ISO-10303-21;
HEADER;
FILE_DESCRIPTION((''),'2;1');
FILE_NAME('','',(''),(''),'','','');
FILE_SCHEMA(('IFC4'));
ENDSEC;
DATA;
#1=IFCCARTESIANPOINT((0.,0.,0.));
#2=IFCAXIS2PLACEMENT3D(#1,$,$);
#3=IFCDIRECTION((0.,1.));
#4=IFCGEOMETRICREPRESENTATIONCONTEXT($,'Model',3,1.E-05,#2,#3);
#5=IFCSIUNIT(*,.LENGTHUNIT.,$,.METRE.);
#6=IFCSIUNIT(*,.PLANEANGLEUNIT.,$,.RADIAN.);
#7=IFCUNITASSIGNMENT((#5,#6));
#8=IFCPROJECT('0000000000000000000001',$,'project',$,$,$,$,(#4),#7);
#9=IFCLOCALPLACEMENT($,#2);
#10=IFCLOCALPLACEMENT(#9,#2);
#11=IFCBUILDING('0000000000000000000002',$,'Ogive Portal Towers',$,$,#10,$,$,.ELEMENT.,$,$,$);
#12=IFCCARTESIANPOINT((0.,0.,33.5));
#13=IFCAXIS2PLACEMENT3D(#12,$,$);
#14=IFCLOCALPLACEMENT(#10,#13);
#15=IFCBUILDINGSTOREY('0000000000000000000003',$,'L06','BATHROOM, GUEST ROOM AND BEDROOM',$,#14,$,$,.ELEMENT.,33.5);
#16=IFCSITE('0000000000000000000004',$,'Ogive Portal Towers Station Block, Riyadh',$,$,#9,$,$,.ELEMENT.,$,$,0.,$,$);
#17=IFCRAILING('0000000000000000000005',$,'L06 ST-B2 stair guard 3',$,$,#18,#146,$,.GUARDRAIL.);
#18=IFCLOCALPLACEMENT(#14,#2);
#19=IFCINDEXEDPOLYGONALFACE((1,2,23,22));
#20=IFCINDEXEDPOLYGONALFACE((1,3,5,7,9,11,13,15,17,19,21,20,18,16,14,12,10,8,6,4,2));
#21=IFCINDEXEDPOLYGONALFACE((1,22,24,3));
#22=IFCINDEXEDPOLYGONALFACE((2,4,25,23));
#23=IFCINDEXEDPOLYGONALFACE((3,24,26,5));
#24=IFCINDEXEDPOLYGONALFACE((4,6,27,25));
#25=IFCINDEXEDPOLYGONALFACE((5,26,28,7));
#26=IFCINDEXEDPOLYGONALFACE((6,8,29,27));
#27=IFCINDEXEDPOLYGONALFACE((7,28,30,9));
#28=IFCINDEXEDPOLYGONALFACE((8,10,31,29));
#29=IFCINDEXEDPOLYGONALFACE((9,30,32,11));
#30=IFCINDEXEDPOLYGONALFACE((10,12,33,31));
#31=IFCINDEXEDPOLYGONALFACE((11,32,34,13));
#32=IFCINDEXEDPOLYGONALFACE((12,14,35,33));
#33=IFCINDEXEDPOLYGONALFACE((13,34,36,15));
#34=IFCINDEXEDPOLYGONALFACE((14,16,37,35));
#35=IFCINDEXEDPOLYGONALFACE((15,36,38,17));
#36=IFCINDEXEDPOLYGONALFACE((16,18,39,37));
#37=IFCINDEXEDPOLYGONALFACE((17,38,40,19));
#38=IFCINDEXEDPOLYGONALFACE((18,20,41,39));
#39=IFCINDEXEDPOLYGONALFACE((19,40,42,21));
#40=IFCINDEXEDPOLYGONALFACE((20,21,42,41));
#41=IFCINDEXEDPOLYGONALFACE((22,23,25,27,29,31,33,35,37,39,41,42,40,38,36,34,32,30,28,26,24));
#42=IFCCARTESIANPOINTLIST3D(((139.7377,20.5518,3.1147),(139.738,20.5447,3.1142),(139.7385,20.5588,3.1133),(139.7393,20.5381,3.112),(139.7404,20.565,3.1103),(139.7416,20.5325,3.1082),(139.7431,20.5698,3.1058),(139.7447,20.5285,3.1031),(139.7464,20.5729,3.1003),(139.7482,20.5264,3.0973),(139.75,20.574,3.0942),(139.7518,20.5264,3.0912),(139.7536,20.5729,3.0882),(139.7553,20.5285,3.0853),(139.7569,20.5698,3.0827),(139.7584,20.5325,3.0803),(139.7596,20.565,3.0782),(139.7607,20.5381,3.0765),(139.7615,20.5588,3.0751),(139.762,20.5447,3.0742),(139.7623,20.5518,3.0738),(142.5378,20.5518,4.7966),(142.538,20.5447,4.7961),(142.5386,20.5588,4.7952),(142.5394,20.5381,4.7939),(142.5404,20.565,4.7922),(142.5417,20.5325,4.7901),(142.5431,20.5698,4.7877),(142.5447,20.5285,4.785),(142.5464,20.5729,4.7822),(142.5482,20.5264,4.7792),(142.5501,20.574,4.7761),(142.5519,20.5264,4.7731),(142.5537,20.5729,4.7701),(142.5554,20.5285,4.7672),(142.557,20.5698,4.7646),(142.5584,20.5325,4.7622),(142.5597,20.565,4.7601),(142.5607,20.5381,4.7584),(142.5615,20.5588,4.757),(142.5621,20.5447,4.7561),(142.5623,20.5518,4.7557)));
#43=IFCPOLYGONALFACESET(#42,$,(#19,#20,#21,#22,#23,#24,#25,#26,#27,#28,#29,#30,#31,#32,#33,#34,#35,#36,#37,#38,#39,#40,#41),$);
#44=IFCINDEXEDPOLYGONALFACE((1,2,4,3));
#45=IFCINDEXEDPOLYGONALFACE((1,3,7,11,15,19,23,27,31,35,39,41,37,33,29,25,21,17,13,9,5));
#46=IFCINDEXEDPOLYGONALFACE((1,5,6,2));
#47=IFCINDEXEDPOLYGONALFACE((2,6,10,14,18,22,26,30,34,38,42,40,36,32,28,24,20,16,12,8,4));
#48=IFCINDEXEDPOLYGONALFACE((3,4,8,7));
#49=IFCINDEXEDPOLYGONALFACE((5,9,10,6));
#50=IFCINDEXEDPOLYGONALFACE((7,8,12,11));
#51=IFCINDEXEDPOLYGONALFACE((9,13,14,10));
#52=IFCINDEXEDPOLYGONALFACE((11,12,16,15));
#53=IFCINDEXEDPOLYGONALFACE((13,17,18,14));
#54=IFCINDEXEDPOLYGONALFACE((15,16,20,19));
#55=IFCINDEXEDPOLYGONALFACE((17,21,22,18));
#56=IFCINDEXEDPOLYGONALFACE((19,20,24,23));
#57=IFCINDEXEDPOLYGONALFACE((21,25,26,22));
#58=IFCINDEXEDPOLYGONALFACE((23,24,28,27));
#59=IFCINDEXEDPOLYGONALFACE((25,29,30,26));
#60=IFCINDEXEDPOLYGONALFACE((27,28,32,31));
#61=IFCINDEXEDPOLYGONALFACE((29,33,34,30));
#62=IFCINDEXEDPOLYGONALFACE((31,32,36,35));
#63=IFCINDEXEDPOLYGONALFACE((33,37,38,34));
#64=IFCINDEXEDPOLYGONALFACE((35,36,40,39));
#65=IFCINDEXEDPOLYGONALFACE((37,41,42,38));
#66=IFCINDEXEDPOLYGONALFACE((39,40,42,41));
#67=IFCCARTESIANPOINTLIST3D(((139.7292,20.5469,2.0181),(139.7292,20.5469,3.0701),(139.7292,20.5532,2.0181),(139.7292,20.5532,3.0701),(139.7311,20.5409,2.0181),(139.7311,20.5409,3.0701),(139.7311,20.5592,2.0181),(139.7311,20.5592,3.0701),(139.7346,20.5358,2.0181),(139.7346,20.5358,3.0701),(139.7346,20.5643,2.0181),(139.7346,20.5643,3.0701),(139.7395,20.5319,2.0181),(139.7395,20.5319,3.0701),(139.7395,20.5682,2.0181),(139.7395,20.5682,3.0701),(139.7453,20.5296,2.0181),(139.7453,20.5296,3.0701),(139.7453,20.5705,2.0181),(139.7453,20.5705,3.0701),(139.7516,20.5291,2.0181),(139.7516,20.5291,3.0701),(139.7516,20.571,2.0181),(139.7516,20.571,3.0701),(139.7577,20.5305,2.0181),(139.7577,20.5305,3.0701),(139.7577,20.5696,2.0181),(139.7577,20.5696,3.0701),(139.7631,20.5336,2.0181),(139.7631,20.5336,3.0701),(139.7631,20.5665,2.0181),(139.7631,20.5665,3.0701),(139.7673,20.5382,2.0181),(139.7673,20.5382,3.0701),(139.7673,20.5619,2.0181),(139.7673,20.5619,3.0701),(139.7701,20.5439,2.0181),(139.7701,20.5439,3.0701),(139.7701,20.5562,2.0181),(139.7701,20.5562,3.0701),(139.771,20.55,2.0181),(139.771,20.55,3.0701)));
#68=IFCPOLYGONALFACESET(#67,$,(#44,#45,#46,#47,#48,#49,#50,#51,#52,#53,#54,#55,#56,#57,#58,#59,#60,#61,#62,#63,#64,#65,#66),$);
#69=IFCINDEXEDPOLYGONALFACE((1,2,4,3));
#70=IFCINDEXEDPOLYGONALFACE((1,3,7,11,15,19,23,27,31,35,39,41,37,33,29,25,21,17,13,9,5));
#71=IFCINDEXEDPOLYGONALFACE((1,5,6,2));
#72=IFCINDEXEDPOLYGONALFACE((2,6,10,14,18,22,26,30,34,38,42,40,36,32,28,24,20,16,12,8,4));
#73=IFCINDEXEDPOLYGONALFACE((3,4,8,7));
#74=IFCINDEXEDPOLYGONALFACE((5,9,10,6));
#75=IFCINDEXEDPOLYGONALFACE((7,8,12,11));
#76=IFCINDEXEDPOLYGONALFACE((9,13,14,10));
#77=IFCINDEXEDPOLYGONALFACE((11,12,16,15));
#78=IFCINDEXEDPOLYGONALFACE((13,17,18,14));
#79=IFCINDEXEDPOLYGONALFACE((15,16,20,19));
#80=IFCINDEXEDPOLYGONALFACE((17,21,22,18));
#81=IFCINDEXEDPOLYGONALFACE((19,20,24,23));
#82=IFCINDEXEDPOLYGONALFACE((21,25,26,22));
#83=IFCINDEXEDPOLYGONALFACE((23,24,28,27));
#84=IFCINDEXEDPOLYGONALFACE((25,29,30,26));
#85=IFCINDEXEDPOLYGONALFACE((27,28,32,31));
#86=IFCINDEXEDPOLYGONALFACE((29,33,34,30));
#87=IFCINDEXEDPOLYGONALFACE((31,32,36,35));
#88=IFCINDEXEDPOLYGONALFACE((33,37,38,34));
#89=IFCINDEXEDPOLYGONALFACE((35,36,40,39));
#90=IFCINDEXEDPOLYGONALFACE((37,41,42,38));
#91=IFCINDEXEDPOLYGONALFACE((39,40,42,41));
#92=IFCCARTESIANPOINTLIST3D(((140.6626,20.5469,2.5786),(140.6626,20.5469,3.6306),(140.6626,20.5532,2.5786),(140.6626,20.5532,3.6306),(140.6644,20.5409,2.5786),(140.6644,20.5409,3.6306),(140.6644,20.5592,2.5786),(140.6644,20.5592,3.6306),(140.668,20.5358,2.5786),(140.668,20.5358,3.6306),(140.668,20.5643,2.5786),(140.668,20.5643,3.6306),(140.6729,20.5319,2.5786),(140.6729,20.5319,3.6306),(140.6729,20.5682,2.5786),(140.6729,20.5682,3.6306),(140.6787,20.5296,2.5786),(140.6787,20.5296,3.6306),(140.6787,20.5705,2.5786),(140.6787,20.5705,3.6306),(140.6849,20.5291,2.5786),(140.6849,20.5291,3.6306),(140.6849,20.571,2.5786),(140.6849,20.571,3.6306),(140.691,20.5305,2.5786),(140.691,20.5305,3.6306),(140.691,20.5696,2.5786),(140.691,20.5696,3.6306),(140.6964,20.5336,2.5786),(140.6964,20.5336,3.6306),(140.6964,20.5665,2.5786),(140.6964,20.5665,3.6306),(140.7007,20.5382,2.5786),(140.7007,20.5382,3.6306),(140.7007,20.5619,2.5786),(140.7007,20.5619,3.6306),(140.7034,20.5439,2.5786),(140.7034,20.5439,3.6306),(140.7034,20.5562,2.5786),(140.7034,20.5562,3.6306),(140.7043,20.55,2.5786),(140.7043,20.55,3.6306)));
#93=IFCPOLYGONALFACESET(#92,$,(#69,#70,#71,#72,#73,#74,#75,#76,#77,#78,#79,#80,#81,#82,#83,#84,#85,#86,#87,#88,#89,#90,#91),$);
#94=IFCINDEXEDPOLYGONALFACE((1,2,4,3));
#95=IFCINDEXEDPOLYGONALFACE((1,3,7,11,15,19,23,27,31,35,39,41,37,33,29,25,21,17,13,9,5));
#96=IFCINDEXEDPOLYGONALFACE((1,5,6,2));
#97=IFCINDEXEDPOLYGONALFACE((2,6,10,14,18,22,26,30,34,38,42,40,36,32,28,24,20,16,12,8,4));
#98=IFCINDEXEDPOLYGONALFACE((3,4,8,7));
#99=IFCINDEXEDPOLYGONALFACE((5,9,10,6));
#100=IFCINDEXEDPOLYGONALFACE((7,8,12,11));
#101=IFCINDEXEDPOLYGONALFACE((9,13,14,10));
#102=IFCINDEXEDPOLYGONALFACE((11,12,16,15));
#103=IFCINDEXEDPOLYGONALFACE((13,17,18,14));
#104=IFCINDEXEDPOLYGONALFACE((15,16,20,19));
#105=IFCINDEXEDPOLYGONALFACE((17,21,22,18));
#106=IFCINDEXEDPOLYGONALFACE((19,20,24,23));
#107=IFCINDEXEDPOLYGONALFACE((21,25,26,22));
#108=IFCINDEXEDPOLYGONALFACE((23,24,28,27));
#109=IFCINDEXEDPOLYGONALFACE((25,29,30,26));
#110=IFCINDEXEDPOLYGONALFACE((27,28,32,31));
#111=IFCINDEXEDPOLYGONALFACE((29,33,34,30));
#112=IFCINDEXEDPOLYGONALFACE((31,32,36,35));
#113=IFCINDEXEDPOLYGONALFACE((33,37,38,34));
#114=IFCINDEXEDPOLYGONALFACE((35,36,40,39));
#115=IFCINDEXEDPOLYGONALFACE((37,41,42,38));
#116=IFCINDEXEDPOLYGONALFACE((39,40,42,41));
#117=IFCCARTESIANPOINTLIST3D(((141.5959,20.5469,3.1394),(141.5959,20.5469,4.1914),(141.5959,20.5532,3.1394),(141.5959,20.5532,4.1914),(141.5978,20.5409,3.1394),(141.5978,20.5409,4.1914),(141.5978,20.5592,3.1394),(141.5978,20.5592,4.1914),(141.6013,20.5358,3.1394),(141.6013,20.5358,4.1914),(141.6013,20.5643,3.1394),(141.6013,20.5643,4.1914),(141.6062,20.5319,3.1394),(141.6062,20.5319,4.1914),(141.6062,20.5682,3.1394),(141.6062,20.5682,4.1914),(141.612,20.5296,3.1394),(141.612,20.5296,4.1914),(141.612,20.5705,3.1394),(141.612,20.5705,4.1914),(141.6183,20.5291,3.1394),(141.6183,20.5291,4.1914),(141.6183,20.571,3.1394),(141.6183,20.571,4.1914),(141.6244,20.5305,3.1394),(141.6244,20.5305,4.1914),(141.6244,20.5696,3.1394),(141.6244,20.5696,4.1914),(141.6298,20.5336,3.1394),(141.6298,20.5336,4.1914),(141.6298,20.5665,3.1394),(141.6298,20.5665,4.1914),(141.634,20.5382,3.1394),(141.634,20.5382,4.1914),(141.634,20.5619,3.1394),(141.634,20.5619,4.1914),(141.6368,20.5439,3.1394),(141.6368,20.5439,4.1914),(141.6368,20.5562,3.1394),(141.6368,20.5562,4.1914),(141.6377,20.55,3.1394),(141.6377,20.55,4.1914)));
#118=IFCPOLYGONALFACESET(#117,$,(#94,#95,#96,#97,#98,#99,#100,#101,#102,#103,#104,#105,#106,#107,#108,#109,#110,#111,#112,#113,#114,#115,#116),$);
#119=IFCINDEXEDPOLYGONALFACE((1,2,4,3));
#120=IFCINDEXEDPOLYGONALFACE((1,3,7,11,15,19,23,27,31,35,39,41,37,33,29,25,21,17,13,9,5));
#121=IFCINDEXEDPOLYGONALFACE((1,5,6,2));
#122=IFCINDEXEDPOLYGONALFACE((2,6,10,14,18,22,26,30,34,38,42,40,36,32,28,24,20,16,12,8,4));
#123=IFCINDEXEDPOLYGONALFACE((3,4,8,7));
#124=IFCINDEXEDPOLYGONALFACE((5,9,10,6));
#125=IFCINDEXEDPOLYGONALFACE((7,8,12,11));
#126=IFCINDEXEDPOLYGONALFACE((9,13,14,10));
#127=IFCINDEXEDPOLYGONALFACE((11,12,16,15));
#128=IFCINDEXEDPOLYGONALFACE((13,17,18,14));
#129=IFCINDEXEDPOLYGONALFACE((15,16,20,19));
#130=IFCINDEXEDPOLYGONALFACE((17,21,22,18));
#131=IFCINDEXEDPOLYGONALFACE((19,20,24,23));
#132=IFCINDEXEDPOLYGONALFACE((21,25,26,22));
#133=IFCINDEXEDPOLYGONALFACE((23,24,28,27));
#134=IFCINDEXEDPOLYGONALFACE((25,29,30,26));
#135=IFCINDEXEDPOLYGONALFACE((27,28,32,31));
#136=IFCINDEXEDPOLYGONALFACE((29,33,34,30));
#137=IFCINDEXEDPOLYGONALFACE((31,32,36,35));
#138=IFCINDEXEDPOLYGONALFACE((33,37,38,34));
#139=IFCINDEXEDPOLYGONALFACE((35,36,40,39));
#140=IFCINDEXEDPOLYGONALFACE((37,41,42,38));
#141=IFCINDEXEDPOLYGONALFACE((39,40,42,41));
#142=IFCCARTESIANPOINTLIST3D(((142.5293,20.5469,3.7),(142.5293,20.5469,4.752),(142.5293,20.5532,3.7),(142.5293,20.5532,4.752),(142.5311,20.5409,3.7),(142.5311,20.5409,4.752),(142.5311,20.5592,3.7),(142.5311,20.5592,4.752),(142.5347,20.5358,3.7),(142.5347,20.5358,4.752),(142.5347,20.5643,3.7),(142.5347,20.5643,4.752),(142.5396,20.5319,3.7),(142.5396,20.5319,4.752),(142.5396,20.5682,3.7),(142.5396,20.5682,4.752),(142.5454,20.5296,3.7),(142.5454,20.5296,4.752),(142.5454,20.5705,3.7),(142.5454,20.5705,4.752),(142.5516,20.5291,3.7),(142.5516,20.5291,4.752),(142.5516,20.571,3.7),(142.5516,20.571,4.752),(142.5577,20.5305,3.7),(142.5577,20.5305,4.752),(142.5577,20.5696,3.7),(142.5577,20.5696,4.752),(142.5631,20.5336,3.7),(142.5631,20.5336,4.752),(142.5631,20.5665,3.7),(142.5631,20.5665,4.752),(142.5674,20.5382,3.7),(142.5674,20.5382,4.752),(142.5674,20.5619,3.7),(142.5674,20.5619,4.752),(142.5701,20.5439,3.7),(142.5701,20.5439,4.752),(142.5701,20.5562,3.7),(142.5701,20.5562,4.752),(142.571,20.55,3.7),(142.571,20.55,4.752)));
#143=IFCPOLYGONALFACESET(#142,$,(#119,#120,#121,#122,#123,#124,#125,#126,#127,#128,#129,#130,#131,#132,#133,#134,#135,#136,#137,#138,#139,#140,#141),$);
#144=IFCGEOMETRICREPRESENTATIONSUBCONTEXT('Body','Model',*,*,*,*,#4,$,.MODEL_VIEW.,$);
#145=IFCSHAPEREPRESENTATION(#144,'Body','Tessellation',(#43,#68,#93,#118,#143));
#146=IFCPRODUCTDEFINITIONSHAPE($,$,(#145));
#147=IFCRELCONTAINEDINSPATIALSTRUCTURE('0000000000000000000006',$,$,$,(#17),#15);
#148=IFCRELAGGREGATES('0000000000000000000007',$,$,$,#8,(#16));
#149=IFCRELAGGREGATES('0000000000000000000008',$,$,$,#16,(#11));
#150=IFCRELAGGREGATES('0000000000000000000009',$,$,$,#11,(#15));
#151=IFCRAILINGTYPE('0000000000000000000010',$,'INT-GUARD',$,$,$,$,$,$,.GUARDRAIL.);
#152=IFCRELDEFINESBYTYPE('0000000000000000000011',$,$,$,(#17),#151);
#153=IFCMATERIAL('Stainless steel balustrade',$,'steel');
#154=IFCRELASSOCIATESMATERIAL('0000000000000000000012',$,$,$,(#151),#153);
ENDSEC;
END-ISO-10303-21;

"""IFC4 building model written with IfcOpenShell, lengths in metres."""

from ifc_helpers import new_model, si_unit, direction, frame, origin, origin_2d, place, context, subcontext, project, spatial, circle, extrude, material, type_object, element, save


model = new_model("IFC4")

# Units and contexts
model_context = context("Model", 3, precision=1e-05, world=origin(), true_north=direction((0.0, 1.0)))
body_context = subcontext(model_context, "Body", "Model", "MODEL_VIEW")
ifc_project = project(units=[si_unit("LENGTHUNIT", "METRE"), si_unit("PLANEANGLEUNIT", "RADIAN")], contexts=[model_context])

# Site, building, storey
site_placement = place(None, origin())
site = spatial("IfcSite", under=ifc_project, at=site_placement, Name="Ogive Portal Towers Station Block, Riyadh", CompositionType="ELEMENT", RefElevation=0.0)
building_placement = place(site_placement, origin())
building = spatial("IfcBuilding", under=site, at=building_placement, Name="Ogive Portal Towers", CompositionType="ELEMENT")
storey_placement = place(building_placement, frame((0.0, 0.0, 33.5)))
storey = spatial("IfcBuildingStorey", under=building, at=storey_placement, Name="L06", Description="BATHROOM, GUEST ROOM AND BEDROOM", CompositionType="ELEMENT", Elevation=33.5)

# Railing
ifc_material_1 = material(Name="Stainless steel balustrade", Category="steel")
railing_type_1 = type_object("IfcRailingType", Name="INT-GUARD", PredefinedType="GUARDRAIL", material=ifc_material_1)
railing_1_placement = place(storey_placement, frame((139.75, 20.55, 2.0181)))
element("IfcRailing", 1, at=railing_1_placement, inside=storey, type_object=railing_type_1, Name="L06 ST-B2 stair guard 3", PredefinedType="GUARDRAIL", context=body_context, shape_type="SweptSolid", body=[
    extrude(circle(Radius=0.0239, at=origin_2d()), frame((0.0, 0.0, 1.0762), z_axis=(0.857242, 0.0, 0.514913), x_axis=(0.0, 1.0, 0.0)), (0.0, 0.0, 1.0), 3.2664),
    extrude(circle(Radius=0.021, at=origin_2d()), origin(), (0.0, 0.0, 1.0), 1.052),
    extrude(circle(Radius=0.021, at=origin_2d()), frame((0.9333, 0.0, 0.5605)), (0.0, 0.0, 1.0), 1.052),
    extrude(circle(Radius=0.021, at=origin_2d()), frame((1.8667, 0.0, 1.1213)), (0.0, 0.0, 1.0), 1.052),
    extrude(circle(Radius=0.021, at=origin_2d()), frame((2.8, 0.0, 1.6819)), (0.0, 0.0, 1.0), 1.052),
])

save(model, "model.ifc")
